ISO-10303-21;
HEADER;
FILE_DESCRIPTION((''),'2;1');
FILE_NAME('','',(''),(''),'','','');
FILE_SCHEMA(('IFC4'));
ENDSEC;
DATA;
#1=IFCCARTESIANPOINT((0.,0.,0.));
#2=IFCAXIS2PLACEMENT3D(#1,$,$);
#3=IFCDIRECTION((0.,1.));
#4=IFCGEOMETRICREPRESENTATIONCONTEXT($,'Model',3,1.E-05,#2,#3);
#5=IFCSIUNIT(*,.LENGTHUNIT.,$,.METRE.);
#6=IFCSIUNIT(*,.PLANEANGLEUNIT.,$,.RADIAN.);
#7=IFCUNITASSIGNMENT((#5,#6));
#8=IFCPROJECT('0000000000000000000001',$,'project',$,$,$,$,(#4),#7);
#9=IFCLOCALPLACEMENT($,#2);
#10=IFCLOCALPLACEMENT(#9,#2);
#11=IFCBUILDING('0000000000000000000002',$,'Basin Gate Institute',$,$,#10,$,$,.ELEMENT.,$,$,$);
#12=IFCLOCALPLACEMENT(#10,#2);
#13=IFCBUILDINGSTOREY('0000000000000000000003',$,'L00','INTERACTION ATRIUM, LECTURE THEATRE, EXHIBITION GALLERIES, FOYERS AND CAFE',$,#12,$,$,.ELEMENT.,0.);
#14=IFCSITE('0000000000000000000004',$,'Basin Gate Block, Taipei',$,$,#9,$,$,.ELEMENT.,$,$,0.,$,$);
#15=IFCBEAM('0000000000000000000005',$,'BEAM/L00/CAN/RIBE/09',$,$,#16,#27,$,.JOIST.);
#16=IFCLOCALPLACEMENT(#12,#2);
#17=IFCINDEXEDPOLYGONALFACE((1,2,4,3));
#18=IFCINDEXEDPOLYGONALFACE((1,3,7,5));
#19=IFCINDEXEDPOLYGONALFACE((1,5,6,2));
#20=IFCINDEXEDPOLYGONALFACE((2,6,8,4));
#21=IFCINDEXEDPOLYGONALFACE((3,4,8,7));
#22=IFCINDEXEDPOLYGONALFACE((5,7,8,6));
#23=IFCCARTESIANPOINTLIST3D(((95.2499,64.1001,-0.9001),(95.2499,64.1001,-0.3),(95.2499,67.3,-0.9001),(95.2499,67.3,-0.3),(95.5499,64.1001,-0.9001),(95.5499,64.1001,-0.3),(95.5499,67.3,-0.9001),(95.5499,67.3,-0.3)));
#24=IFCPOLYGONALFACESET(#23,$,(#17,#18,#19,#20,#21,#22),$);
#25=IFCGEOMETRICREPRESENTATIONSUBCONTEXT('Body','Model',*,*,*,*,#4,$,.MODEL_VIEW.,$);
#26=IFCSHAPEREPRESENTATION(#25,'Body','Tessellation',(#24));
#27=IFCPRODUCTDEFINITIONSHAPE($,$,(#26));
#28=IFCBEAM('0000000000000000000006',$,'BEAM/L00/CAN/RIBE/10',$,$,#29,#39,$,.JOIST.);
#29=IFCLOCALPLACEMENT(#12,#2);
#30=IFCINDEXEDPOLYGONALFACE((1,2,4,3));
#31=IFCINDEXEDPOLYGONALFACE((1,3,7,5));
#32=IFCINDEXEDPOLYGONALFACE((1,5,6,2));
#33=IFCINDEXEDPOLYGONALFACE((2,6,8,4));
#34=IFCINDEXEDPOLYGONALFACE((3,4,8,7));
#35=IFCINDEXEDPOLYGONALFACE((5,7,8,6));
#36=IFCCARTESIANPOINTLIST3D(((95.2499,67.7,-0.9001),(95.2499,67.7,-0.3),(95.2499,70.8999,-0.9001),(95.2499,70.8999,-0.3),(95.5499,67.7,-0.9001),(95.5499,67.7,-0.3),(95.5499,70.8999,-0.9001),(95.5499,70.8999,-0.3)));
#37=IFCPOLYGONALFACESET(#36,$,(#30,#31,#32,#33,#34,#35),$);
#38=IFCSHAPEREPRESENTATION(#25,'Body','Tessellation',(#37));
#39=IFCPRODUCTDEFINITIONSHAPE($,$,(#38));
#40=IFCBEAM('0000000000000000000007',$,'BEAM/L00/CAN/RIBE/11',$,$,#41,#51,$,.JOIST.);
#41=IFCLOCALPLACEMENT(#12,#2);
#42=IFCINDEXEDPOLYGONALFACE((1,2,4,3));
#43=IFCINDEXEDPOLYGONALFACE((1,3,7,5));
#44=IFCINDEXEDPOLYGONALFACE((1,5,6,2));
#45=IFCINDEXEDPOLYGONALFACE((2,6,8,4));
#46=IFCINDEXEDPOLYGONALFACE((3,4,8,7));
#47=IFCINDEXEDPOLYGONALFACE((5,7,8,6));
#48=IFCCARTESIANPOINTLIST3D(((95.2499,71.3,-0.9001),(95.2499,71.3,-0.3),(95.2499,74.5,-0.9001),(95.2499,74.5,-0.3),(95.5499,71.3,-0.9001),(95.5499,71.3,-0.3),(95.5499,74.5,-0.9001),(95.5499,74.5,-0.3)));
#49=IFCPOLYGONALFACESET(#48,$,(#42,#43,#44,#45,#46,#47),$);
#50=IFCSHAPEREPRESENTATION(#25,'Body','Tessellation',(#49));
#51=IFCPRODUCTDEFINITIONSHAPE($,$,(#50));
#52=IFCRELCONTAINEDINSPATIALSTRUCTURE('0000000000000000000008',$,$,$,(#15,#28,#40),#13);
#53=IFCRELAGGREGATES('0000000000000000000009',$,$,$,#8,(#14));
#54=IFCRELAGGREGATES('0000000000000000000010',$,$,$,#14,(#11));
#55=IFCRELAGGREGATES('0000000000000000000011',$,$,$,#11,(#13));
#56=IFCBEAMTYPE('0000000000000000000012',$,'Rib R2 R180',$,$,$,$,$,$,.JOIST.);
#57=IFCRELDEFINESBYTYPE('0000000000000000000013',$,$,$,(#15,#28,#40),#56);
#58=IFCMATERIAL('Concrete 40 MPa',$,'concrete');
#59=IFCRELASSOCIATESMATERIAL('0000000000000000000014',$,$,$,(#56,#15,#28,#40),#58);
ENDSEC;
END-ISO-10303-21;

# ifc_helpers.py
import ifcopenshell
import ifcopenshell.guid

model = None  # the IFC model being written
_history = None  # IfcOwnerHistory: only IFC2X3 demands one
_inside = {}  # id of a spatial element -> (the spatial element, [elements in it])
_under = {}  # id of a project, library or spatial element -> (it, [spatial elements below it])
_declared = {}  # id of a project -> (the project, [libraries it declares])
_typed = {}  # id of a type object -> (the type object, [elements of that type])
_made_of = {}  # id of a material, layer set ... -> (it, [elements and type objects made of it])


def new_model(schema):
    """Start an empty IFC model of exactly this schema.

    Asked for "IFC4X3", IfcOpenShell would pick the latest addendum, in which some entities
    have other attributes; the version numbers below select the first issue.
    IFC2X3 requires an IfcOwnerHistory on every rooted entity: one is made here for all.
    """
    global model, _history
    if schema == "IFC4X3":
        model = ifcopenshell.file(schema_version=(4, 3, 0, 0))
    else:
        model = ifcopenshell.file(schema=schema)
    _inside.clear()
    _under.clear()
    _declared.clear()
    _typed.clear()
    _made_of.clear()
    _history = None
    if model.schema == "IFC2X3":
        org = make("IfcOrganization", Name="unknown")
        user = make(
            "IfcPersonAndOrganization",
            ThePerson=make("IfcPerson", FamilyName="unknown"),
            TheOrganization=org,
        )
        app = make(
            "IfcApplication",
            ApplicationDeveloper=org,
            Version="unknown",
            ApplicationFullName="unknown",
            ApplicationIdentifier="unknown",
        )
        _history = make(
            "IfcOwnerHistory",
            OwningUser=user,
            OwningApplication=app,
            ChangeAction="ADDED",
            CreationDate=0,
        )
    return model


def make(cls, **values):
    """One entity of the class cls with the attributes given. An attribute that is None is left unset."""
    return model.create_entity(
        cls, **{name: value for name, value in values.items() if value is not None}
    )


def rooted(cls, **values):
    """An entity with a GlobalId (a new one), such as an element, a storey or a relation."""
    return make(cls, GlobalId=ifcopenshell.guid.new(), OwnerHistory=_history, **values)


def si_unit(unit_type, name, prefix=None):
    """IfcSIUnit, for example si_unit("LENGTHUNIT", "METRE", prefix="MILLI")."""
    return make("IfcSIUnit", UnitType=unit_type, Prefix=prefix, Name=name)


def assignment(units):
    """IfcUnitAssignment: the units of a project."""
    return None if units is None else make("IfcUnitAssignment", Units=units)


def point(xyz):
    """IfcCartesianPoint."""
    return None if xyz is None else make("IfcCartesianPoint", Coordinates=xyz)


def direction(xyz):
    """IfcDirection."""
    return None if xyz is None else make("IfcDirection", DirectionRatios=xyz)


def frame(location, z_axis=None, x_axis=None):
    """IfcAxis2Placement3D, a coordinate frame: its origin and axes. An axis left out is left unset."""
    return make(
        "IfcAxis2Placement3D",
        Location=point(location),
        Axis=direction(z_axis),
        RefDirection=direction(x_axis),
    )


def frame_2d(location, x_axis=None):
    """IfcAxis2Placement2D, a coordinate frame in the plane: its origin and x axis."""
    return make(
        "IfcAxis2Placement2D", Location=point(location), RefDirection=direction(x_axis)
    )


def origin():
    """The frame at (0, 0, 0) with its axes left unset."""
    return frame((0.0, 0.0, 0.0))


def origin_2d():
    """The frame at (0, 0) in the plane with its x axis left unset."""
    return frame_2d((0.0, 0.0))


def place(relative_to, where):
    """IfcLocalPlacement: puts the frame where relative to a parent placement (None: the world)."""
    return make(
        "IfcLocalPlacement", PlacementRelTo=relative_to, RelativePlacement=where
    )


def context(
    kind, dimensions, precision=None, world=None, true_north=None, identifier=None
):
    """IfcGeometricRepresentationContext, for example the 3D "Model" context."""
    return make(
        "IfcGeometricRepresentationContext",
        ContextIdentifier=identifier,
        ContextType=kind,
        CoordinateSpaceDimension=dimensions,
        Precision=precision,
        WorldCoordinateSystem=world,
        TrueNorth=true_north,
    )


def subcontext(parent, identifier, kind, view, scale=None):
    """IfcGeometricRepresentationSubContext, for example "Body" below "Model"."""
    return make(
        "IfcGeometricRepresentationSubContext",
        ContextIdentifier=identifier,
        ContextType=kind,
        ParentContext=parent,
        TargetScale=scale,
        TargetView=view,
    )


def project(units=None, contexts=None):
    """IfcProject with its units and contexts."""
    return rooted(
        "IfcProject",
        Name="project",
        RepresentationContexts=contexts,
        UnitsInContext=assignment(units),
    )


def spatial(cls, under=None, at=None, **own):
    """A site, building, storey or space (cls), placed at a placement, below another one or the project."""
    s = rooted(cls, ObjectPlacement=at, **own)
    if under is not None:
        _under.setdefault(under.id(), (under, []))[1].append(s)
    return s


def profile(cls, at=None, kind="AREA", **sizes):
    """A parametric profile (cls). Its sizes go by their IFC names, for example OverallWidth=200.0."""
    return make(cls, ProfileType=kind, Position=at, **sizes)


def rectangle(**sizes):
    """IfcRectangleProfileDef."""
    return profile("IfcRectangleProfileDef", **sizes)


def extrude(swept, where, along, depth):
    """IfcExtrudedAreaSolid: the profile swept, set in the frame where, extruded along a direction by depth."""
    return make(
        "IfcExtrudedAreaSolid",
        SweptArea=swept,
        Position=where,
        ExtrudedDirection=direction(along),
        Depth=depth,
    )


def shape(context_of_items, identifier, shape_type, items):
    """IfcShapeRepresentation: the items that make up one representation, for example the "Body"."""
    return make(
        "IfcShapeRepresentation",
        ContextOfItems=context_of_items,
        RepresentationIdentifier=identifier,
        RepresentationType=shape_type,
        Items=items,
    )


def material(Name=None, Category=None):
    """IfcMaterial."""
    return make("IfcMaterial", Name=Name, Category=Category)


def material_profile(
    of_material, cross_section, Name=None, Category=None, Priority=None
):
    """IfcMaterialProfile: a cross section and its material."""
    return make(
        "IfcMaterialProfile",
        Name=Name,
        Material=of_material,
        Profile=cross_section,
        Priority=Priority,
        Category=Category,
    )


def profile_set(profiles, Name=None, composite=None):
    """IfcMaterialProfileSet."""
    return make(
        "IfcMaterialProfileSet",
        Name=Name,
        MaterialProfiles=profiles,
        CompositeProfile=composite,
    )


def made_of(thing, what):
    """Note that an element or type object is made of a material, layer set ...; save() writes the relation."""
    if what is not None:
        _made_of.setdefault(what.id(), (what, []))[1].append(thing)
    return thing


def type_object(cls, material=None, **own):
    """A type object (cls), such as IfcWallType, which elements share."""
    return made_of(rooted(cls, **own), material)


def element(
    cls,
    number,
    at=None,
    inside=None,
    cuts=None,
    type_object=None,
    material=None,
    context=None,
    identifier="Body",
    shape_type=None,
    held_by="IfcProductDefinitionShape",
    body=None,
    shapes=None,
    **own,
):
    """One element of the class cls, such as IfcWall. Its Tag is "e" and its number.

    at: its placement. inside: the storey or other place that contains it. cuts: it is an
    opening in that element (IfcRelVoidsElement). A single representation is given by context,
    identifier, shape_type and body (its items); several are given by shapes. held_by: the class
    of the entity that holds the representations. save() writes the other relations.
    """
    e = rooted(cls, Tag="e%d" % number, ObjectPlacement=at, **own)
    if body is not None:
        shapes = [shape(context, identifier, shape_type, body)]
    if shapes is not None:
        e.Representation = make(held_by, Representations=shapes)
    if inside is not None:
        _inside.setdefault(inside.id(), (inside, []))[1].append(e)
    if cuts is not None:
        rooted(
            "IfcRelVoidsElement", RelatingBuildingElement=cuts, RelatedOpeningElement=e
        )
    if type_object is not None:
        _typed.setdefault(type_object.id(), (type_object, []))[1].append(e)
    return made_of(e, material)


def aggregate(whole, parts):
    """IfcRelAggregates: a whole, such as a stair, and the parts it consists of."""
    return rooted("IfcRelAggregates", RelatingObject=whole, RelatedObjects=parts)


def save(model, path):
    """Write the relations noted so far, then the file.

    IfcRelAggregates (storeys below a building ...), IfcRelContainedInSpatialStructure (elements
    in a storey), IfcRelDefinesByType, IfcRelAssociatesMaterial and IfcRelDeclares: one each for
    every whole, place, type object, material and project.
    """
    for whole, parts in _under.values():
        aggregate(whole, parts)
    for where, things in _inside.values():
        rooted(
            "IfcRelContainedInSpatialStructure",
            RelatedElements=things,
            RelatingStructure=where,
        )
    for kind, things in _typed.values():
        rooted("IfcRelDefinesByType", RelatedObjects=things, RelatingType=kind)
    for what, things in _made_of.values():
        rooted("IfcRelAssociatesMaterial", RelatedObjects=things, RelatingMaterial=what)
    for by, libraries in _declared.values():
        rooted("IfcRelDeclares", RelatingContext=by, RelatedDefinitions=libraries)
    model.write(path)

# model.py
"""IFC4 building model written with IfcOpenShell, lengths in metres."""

from ifc_helpers import new_model, si_unit, direction, frame, origin, origin_2d, place, context, subcontext, project, spatial, rectangle, extrude, material, material_profile, profile_set, type_object, element, save


model = new_model("IFC4")

# Units and contexts
model_context = context("Model", 3, precision=1e-05, world=origin(), true_north=direction((0.0, 1.0)))
body_context = subcontext(model_context, "Body", "Model", "MODEL_VIEW")
ifc_project = project(units=[si_unit("LENGTHUNIT", "METRE"), si_unit("PLANEANGLEUNIT", "RADIAN")], contexts=[model_context])

# Site, building, storey
site_placement = place(None, origin())
site = spatial("IfcSite", under=ifc_project, at=site_placement, Name="Basin Gate Block, Taipei", CompositionType="ELEMENT", RefElevation=0.0)
building_placement = place(site_placement, origin())
building = spatial("IfcBuilding", under=site, at=building_placement, Name="Basin Gate Institute", CompositionType="ELEMENT")
storey_placement = place(building_placement, origin())
storey = spatial("IfcBuildingStorey", under=building, at=storey_placement, Name="L00", Description="INTERACTION ATRIUM, LECTURE THEATRE, EXHIBITION GALLERIES, FOYERS AND CAFE", CompositionType="ELEMENT", Elevation=0.0)

# Beams
ifc_material_1 = material(Name="Concrete 40 MPa", Category="concrete")
ifc_material_profile_1 = material_profile(ifc_material_1, rectangle(XDim=0.3, YDim=0.6001, at=origin_2d()), Name="Rib R2 300 x 600")
ifc_profile_set_1 = profile_set([ifc_material_profile_1], Name="Concrete 40 MPa")
beam_type_1 = type_object("IfcBeamType", Name="Rib R2 R180", PredefinedType="JOIST", material=ifc_profile_set_1)
for number, where, z_axis, x_axis, name in (
    (1, (95.3999, 64.1001, -0.6001), (0.0, 1.0, 0.0), (-1.0, 0.0, 0.0), "BEAM/L00/CAN/RIBE/09"),
    (2, (95.3999, 67.7, -0.6001), (0.0, 1.0, 0.0), (-1.0, 0.0, 0.0), "BEAM/L00/CAN/RIBE/10"),
    (3, (95.3999, 71.3, -0.6001), (0.0, 1.0, 0.0), (-1.0, 0.0, 0.0), "BEAM/L00/CAN/RIBE/11"),
):
    element("IfcBeam", number, at=place(storey_placement, frame(where, z_axis=z_axis, x_axis=x_axis)), inside=storey, type_object=beam_type_1, material=ifc_profile_set_1, Name=name, PredefinedType="JOIST", context=body_context, shape_type="SweptSolid", body=[
        extrude(rectangle(XDim=0.3, YDim=0.6001, at=origin_2d()), origin(), (0.0, 0.0, 1.0), 3.2),
    ])

save(model, "model.ifc")
